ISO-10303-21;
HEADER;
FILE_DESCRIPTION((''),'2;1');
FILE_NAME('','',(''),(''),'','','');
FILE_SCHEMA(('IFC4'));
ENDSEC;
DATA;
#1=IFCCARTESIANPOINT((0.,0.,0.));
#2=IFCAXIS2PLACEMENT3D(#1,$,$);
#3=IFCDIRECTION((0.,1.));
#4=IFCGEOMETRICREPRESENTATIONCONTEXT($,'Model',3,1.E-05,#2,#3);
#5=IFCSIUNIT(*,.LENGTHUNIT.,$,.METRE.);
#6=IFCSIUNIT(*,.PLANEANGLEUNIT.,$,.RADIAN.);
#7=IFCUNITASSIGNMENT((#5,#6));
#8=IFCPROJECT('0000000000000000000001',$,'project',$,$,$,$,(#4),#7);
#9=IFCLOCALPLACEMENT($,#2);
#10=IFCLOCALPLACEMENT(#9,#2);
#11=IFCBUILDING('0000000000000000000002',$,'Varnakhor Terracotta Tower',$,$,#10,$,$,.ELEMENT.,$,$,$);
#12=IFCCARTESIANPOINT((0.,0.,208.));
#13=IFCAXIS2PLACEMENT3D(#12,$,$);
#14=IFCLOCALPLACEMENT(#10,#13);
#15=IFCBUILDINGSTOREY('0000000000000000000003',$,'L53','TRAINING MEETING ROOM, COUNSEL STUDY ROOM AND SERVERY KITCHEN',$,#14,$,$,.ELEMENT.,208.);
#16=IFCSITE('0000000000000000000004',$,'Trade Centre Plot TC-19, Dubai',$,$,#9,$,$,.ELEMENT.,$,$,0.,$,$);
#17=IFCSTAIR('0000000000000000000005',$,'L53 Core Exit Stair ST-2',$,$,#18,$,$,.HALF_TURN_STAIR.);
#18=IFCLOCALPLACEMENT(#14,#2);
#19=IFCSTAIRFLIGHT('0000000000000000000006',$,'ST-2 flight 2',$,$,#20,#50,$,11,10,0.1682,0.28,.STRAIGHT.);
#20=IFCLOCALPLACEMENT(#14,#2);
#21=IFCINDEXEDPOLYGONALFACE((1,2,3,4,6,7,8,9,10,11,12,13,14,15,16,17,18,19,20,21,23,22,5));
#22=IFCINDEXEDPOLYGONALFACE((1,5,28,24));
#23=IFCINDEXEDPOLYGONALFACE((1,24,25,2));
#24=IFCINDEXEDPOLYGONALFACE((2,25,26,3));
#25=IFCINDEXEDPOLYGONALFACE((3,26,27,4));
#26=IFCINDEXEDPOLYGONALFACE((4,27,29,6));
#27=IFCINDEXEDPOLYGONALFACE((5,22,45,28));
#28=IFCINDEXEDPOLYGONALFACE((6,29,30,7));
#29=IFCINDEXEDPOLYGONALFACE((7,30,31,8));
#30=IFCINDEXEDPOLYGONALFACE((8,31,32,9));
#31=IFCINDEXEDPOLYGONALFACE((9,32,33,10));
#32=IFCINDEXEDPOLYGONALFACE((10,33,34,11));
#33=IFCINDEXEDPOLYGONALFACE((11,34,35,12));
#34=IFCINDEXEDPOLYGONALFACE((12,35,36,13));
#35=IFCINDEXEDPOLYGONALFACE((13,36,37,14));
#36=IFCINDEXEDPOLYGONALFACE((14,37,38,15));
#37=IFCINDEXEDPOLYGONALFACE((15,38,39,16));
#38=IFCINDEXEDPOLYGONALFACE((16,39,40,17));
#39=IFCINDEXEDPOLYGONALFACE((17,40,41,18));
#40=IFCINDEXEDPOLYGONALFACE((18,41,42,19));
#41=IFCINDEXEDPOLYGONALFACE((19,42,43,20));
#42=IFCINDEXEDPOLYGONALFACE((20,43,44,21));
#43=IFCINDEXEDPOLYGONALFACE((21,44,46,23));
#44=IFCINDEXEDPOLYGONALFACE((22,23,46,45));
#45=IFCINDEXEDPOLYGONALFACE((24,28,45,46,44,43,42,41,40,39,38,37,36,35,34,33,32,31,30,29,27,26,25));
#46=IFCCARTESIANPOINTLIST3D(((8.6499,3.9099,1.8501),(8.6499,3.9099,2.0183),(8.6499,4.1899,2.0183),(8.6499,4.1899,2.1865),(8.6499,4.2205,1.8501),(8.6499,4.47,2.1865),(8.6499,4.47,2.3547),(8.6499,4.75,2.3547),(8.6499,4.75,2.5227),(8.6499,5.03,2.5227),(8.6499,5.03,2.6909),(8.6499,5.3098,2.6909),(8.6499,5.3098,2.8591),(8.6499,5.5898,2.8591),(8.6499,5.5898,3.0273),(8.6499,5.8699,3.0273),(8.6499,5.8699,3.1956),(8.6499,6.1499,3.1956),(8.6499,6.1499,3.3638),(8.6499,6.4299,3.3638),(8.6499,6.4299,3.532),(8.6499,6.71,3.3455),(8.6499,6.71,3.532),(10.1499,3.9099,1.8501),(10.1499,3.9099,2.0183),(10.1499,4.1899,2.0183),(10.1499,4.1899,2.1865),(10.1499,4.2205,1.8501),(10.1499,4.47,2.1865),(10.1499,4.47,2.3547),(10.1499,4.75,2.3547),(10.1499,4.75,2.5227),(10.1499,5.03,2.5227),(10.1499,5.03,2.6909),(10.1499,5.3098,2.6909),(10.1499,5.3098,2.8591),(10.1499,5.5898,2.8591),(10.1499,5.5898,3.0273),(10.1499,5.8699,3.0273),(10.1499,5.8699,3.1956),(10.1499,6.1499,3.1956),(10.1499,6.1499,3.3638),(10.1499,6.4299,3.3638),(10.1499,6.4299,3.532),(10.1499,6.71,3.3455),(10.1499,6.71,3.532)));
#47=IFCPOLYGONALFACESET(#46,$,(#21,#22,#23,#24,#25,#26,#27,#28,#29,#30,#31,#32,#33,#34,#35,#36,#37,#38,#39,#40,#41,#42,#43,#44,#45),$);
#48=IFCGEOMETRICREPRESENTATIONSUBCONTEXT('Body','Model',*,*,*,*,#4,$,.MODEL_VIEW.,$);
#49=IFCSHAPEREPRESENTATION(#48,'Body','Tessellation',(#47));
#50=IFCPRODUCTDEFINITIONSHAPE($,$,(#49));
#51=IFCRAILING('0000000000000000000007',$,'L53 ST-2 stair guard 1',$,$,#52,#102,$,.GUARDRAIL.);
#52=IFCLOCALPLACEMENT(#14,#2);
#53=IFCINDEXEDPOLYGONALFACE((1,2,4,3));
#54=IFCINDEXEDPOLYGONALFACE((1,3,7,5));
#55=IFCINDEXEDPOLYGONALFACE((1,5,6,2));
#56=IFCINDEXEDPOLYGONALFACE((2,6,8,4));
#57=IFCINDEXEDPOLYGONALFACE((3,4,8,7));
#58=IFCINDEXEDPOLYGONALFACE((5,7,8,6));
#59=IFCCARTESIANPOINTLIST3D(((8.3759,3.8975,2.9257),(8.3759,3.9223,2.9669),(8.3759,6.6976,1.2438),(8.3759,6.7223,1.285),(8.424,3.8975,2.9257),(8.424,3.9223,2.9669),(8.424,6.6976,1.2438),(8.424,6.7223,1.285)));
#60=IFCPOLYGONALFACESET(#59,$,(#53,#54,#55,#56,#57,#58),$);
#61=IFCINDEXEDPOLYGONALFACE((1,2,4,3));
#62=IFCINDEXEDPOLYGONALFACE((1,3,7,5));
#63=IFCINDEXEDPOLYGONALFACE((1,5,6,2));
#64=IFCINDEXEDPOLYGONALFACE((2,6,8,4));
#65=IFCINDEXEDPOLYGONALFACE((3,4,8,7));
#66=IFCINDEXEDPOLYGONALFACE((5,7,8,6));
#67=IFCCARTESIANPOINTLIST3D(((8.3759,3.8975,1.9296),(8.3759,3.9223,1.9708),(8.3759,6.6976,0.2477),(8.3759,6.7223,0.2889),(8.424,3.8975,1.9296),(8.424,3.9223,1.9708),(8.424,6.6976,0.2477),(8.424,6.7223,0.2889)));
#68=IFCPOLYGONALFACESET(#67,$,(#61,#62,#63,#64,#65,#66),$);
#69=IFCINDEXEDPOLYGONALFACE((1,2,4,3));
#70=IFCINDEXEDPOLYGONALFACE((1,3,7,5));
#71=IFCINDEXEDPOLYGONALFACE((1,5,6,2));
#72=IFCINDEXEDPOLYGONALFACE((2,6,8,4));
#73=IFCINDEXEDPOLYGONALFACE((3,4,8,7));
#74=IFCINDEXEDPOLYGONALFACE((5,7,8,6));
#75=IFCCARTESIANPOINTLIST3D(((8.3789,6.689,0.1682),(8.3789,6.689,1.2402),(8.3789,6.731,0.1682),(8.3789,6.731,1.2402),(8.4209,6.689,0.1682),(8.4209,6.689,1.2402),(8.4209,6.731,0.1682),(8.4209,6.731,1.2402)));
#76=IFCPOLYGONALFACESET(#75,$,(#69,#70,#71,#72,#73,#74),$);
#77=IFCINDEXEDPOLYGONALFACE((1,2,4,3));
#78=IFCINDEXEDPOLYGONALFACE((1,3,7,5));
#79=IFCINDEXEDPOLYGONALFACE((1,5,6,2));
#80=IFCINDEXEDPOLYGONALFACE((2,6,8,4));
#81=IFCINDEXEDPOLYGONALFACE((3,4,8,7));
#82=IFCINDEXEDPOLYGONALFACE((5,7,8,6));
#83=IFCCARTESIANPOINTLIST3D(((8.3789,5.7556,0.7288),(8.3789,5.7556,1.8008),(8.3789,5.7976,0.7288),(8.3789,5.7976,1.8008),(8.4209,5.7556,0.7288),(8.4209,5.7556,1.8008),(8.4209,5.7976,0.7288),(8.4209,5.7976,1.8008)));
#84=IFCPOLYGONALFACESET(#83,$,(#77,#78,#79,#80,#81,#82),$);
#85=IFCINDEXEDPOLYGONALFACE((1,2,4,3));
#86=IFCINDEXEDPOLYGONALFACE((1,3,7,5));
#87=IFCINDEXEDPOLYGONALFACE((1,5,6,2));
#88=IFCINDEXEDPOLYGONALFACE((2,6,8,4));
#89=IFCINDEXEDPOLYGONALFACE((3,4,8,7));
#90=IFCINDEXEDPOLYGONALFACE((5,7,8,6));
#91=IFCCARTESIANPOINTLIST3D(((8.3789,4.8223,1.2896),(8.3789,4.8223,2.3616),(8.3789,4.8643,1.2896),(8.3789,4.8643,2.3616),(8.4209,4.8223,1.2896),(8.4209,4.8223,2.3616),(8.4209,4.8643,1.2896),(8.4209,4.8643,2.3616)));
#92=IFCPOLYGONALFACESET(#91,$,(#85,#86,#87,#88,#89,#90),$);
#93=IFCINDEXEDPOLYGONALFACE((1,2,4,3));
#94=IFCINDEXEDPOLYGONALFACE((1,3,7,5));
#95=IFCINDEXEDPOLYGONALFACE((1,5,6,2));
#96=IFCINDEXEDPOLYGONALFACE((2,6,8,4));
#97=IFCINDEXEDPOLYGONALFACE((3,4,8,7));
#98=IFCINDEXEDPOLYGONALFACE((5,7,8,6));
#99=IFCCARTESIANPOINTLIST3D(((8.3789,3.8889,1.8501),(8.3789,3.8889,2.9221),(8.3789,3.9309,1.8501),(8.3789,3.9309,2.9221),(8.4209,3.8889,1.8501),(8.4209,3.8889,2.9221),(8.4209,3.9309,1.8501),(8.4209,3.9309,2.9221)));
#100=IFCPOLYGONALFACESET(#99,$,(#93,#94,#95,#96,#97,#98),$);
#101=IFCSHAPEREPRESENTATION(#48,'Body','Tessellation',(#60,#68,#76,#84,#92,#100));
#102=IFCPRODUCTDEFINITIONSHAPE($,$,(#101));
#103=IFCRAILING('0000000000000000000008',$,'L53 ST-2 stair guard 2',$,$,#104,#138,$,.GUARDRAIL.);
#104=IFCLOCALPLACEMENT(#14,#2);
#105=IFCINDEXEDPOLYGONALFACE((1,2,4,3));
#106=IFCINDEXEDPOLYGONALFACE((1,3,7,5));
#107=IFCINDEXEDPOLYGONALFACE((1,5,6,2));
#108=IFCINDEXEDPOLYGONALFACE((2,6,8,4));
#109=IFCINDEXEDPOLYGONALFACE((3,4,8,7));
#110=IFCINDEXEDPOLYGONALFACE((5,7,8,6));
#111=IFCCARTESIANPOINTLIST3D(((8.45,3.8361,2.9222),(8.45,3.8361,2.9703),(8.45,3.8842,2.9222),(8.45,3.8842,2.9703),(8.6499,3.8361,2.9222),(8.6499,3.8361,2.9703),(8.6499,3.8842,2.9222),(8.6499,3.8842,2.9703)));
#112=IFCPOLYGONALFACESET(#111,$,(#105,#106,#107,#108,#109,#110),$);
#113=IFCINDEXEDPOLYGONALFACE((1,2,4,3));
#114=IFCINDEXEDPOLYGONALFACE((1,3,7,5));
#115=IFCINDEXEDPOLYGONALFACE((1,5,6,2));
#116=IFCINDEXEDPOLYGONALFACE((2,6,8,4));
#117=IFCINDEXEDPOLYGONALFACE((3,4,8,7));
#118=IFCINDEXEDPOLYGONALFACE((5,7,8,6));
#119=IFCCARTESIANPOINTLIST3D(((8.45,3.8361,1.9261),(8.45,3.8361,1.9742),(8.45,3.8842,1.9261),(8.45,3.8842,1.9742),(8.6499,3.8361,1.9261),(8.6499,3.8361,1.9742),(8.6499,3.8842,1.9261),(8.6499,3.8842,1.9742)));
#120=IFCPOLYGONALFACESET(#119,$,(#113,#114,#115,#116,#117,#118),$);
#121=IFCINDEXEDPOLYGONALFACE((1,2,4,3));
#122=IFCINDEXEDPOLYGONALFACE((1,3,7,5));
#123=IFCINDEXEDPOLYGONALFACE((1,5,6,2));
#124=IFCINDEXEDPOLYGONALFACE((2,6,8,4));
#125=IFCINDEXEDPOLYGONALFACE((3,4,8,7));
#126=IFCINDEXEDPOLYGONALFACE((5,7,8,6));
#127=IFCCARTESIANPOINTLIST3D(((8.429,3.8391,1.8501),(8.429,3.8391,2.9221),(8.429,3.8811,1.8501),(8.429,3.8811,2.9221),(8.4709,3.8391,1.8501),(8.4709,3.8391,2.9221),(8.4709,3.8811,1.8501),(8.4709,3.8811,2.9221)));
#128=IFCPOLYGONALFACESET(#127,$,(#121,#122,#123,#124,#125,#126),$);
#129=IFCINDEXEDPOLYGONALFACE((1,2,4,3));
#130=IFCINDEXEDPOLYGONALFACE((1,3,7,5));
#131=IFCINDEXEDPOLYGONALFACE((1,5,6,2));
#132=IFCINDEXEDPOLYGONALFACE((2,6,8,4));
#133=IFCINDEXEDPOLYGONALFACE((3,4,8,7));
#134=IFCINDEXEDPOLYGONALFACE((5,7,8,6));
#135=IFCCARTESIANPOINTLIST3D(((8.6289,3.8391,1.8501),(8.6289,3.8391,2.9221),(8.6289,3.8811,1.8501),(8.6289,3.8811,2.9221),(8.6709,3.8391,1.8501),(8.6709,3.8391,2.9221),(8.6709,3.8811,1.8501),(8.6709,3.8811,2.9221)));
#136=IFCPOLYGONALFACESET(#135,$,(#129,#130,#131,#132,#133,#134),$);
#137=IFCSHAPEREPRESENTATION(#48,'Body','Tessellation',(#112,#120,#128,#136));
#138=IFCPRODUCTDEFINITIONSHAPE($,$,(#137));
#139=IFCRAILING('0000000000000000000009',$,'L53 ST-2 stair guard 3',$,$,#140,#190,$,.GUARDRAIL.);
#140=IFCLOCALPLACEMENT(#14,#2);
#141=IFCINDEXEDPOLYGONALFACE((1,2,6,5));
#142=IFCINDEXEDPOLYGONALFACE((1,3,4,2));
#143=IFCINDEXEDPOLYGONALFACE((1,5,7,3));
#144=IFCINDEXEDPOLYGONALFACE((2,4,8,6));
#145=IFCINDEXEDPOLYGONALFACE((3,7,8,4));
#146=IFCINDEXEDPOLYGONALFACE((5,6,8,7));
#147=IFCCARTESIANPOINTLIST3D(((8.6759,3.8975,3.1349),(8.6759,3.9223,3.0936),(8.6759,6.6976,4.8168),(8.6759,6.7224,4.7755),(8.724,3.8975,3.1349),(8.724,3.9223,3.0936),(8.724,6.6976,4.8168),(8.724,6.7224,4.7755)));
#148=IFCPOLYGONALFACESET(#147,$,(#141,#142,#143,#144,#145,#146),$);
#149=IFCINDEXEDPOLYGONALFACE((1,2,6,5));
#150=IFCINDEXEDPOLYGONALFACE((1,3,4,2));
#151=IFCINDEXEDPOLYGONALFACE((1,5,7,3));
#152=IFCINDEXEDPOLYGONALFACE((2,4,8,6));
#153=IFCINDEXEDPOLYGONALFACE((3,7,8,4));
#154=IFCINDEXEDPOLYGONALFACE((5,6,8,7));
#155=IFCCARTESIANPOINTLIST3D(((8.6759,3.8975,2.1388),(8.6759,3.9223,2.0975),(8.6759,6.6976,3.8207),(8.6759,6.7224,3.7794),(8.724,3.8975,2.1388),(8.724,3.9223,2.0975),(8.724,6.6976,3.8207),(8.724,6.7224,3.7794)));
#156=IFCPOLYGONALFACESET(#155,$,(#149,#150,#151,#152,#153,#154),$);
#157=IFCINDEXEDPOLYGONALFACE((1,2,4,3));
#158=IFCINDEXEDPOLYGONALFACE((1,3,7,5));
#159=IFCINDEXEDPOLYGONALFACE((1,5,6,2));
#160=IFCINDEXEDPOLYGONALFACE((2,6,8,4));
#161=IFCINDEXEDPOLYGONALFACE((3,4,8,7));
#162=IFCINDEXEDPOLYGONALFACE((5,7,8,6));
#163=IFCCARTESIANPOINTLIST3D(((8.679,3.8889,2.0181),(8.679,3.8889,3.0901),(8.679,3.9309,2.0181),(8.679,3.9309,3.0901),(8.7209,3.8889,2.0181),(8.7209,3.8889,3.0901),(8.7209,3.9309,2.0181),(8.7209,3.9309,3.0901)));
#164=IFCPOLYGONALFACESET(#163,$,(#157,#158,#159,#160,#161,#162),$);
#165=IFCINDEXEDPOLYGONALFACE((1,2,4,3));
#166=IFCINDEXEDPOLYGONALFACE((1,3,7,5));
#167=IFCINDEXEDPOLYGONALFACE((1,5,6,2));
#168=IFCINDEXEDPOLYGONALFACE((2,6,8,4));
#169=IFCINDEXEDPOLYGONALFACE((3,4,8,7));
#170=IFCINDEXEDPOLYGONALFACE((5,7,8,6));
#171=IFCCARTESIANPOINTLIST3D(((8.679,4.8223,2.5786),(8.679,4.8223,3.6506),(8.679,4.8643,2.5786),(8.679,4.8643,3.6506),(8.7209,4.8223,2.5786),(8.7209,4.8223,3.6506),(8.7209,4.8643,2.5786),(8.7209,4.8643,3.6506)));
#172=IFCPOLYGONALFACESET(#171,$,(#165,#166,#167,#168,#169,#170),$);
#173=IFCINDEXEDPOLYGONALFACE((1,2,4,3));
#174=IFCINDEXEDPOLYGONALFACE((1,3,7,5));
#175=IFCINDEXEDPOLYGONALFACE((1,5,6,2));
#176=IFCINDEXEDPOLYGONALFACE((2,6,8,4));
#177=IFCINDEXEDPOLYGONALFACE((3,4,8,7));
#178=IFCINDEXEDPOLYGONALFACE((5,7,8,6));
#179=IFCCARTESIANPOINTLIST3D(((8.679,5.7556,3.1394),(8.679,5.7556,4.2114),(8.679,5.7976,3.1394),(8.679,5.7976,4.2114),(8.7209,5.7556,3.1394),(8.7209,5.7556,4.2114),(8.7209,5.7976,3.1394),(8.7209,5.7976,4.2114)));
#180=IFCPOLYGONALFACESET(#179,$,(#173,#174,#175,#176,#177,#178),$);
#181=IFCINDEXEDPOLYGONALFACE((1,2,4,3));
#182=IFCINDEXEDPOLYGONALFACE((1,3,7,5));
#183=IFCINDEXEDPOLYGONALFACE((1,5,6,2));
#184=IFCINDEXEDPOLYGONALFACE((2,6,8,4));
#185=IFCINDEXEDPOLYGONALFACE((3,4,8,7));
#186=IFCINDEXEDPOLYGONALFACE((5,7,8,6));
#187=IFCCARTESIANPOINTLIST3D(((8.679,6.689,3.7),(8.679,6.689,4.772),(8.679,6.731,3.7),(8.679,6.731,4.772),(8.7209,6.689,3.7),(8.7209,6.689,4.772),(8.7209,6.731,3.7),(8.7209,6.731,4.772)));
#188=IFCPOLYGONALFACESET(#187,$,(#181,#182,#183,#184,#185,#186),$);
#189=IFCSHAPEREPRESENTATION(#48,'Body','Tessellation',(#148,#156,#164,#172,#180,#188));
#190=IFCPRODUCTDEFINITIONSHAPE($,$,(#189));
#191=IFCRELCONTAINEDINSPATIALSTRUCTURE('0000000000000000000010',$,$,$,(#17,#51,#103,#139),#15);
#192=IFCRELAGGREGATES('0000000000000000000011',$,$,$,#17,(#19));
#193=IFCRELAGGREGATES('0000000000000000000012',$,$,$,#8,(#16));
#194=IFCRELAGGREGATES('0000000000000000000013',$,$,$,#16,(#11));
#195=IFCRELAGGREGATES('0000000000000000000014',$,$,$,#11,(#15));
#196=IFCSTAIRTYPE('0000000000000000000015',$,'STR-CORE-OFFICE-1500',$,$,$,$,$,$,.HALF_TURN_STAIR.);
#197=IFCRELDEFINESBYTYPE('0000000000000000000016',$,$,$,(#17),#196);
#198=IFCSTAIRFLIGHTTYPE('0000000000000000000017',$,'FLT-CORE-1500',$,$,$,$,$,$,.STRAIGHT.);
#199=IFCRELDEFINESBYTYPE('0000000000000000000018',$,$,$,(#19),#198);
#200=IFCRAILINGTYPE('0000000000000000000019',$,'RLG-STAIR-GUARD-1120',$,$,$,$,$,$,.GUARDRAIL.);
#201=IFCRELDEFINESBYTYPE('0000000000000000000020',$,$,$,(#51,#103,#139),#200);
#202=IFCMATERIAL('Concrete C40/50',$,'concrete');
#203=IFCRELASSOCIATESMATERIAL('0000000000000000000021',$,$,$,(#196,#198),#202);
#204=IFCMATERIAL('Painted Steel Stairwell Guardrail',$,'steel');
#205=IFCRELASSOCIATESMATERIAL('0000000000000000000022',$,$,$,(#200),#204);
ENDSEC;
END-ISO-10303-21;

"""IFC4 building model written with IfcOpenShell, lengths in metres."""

from ifc_helpers import new_model, si_unit, direction, frame, origin, origin_2d, place, context, subcontext, project, spatial, polyline, rectangle, outline, extrude, material, type_object, element, aggregate, save


model = new_model("IFC4")

# Units and contexts
model_context = context("Model", 3, precision=1e-05, world=origin(), true_north=direction((0.0, 1.0)))
body_context = subcontext(model_context, "Body", "Model", "MODEL_VIEW")
ifc_project = project(units=[si_unit("LENGTHUNIT", "METRE"), si_unit("PLANEANGLEUNIT", "RADIAN")], contexts=[model_context])

# Site, building, storey
site_placement = place(None, origin())
site = spatial("IfcSite", under=ifc_project, at=site_placement, Name="Trade Centre Plot TC-19, Dubai", CompositionType="ELEMENT", RefElevation=0.0)
building_placement = place(site_placement, origin())
building = spatial("IfcBuilding", under=site, at=building_placement, Name="Varnakhor Terracotta Tower", CompositionType="ELEMENT")
storey_placement = place(building_placement, frame((0.0, 0.0, 208.0)))
storey = spatial("IfcBuildingStorey", under=building, at=storey_placement, Name="L53", Description="TRAINING MEETING ROOM, COUNSEL STUDY ROOM AND SERVERY KITCHEN", CompositionType="ELEMENT", Elevation=208.0)

# Stair
ifc_material_1 = material(Name="Concrete C40/50", Category="concrete")
stair_type = type_object("IfcStairType", Name="STR-CORE-OFFICE-1500", PredefinedType="HALF_TURN_STAIR", material=ifc_material_1)
stair_1_placement = place(storey_placement, origin())
stair_1 = element("IfcStair", 1, at=stair_1_placement, inside=storey, type_object=stair_type, Name="L53 Core Exit Stair ST-2", PredefinedType="HALF_TURN_STAIR")

# Stair flight
stair_flight_type = type_object("IfcStairFlightType", Name="FLT-CORE-1500", PredefinedType="STRAIGHT", material=ifc_material_1)
stair_flight_1_placement = place(storey_placement, frame((9.3999, 3.9099, 1.8501), z_axis=(0.0, 0.0, 1.0), x_axis=(0.0, 1.0, 0.0)))
stair_flight_1 = element("IfcStairFlight", 2, at=stair_flight_1_placement, type_object=stair_flight_type, Name="ST-2 flight 2", NumberOfRisers=11, NumberOfTreads=10, PredefinedType="STRAIGHT", RiserHeight=0.1682, TreadLength=0.28, context=body_context, shape_type="SweptSolid", body=[
    extrude(outline(polyline([(0.0, 0.0), (0.0, 0.1682), (0.28, 0.1682), (0.28, 0.3364), (0.5601, 0.3364), (0.5601, 0.5046), (0.8401, 0.5046), (0.8401, 0.6726), (1.1201, 0.6726), (1.1201, 0.8408), (1.3999, 0.8408), (1.3999, 1.009), (1.6799, 1.009), (1.6799, 1.1772), (1.96, 1.1772), (1.96, 1.3455), (2.24, 1.3455), (2.24, 1.5137), (2.52, 1.5137), (2.52, 1.6819), (2.8, 1.6819), (2.8, 1.8501), (2.8, 1.4954), (0.3105, 0.0), (0.0, 0.0)])), frame((0.0, 0.75, 0.0), z_axis=(0.0, -1.0, 0.0), x_axis=(1.0, 0.0, 0.0)), (0.0, 0.0, 1.0), 1.5),
])
aggregate(stair_1, [stair_flight_1])

# Railings
ifc_material_2 = material(Name="Painted Steel Stairwell Guardrail", Category="steel")
railing_type_1 = type_object("IfcRailingType", Name="RLG-STAIR-GUARD-1120", PredefinedType="GUARDRAIL", material=ifc_material_2)
railing_1_placement = place(storey_placement, frame((8.3999, 6.71, 0.1682)))
element("IfcRailing", 3, at=railing_1_placement, inside=storey, type_object=railing_type_1, Name="L53 ST-2 stair guard 1", PredefinedType="GUARDRAIL", context=body_context, shape_type="SweptSolid", body=[
    extrude(rectangle(XDim=0.0481, YDim=0.0481, at=origin_2d()), frame((0.0, 0.0, 1.0962), z_axis=(0.0, -0.857242, 0.514913), x_axis=(1.0, 0.0, 0.0)), (0.0, 0.0, 1.0), 3.2664),
    extrude(rectangle(XDim=0.0481, YDim=0.0481, at=origin_2d()), frame((0.0, 0.0, 0.1001), z_axis=(0.0, -0.857242, 0.514913), x_axis=(1.0, 0.0, 0.0)), (0.0, 0.0, 1.0), 3.2664),
    extrude(rectangle(XDim=0.042, YDim=0.042, at=origin_2d()), origin(), (0.0, 0.0, 1.0), 1.072),
    extrude(rectangle(XDim=0.042, YDim=0.042, at=origin_2d()), frame((0.0, -0.9333, 0.5605)), (0.0, 0.0, 1.0), 1.072),
    extrude(rectangle(XDim=0.042, YDim=0.042, at=origin_2d()), frame((0.0, -1.8667, 1.1213)), (0.0, 0.0, 1.0), 1.072),
    extrude(rectangle(XDim=0.042, YDim=0.042, at=origin_2d()), frame((0.0, -2.8, 1.6819)), (0.0, 0.0, 1.0), 1.072),
])
railing_2_placement = place(storey_placement, frame((8.45, 3.8601, 1.8501)))
element("IfcRailing", 4, at=railing_2_placement, inside=storey, type_object=railing_type_1, Name="L53 ST-2 stair guard 2", PredefinedType="GUARDRAIL", context=body_context, shape_type="SweptSolid", body=[
    extrude(rectangle(XDim=0.0481, YDim=0.0481, at=origin_2d()), frame((0.0, 0.0, 1.0962), z_axis=(1.0, 0.0, 0.0), x_axis=(0.0, 1.0, 0.0)), (0.0, 0.0, 1.0), 0.2),
    extrude(rectangle(XDim=0.0481, YDim=0.0481, at=origin_2d()), frame((0.0, 0.0, 0.1001), z_axis=(1.0, 0.0, 0.0), x_axis=(0.0, 1.0, 0.0)), (0.0, 0.0, 1.0), 0.2),
    extrude(rectangle(XDim=0.042, YDim=0.042, at=origin_2d()), origin(), (0.0, 0.0, 1.0), 1.072),
    extrude(rectangle(XDim=0.042, YDim=0.042, at=origin_2d()), frame((0.2, 0.0, 0.0)), (0.0, 0.0, 1.0), 1.072),
])
railing_3_placement = place(storey_placement, frame((8.7, 3.9099, 2.0181)))
element("IfcRailing", 5, at=railing_3_placement, inside=storey, type_object=railing_type_1, Name="L53 ST-2 stair guard 3", PredefinedType="GUARDRAIL", context=body_context, shape_type="SweptSolid", body=[
    extrude(rectangle(XDim=0.0481, YDim=0.0481, at=origin_2d()), frame((0.0, 0.0, 1.0962), z_axis=(0.0, 0.857242, 0.514913), x_axis=(-1.0, 0.0, 0.0)), (0.0, 0.0, 1.0), 3.2664),
    extrude(rectangle(XDim=0.0481, YDim=0.0481, at=origin_2d()), frame((0.0, 0.0, 0.1001), z_axis=(0.0, 0.857242, 0.514913), x_axis=(-1.0, 0.0, 0.0)), (0.0, 0.0, 1.0), 3.2664),
    extrude(rectangle(XDim=0.042, YDim=0.042, at=origin_2d()), origin(), (0.0, 0.0, 1.0), 1.072),
    extrude(rectangle(XDim=0.042, YDim=0.042, at=origin_2d()), frame((0.0, 0.9333, 0.5605)), (0.0, 0.0, 1.0), 1.072),
    extrude(rectangle(XDim=0.042, YDim=0.042, at=origin_2d()), frame((0.0, 1.8667, 1.1213)), (0.0, 0.0, 1.0), 1.072),
    extrude(rectangle(XDim=0.042, YDim=0.042, at=origin_2d()), frame((0.0, 2.8, 1.6819)), (0.0, 0.0, 1.0), 1.072),
])

save(model, "model.ifc")
